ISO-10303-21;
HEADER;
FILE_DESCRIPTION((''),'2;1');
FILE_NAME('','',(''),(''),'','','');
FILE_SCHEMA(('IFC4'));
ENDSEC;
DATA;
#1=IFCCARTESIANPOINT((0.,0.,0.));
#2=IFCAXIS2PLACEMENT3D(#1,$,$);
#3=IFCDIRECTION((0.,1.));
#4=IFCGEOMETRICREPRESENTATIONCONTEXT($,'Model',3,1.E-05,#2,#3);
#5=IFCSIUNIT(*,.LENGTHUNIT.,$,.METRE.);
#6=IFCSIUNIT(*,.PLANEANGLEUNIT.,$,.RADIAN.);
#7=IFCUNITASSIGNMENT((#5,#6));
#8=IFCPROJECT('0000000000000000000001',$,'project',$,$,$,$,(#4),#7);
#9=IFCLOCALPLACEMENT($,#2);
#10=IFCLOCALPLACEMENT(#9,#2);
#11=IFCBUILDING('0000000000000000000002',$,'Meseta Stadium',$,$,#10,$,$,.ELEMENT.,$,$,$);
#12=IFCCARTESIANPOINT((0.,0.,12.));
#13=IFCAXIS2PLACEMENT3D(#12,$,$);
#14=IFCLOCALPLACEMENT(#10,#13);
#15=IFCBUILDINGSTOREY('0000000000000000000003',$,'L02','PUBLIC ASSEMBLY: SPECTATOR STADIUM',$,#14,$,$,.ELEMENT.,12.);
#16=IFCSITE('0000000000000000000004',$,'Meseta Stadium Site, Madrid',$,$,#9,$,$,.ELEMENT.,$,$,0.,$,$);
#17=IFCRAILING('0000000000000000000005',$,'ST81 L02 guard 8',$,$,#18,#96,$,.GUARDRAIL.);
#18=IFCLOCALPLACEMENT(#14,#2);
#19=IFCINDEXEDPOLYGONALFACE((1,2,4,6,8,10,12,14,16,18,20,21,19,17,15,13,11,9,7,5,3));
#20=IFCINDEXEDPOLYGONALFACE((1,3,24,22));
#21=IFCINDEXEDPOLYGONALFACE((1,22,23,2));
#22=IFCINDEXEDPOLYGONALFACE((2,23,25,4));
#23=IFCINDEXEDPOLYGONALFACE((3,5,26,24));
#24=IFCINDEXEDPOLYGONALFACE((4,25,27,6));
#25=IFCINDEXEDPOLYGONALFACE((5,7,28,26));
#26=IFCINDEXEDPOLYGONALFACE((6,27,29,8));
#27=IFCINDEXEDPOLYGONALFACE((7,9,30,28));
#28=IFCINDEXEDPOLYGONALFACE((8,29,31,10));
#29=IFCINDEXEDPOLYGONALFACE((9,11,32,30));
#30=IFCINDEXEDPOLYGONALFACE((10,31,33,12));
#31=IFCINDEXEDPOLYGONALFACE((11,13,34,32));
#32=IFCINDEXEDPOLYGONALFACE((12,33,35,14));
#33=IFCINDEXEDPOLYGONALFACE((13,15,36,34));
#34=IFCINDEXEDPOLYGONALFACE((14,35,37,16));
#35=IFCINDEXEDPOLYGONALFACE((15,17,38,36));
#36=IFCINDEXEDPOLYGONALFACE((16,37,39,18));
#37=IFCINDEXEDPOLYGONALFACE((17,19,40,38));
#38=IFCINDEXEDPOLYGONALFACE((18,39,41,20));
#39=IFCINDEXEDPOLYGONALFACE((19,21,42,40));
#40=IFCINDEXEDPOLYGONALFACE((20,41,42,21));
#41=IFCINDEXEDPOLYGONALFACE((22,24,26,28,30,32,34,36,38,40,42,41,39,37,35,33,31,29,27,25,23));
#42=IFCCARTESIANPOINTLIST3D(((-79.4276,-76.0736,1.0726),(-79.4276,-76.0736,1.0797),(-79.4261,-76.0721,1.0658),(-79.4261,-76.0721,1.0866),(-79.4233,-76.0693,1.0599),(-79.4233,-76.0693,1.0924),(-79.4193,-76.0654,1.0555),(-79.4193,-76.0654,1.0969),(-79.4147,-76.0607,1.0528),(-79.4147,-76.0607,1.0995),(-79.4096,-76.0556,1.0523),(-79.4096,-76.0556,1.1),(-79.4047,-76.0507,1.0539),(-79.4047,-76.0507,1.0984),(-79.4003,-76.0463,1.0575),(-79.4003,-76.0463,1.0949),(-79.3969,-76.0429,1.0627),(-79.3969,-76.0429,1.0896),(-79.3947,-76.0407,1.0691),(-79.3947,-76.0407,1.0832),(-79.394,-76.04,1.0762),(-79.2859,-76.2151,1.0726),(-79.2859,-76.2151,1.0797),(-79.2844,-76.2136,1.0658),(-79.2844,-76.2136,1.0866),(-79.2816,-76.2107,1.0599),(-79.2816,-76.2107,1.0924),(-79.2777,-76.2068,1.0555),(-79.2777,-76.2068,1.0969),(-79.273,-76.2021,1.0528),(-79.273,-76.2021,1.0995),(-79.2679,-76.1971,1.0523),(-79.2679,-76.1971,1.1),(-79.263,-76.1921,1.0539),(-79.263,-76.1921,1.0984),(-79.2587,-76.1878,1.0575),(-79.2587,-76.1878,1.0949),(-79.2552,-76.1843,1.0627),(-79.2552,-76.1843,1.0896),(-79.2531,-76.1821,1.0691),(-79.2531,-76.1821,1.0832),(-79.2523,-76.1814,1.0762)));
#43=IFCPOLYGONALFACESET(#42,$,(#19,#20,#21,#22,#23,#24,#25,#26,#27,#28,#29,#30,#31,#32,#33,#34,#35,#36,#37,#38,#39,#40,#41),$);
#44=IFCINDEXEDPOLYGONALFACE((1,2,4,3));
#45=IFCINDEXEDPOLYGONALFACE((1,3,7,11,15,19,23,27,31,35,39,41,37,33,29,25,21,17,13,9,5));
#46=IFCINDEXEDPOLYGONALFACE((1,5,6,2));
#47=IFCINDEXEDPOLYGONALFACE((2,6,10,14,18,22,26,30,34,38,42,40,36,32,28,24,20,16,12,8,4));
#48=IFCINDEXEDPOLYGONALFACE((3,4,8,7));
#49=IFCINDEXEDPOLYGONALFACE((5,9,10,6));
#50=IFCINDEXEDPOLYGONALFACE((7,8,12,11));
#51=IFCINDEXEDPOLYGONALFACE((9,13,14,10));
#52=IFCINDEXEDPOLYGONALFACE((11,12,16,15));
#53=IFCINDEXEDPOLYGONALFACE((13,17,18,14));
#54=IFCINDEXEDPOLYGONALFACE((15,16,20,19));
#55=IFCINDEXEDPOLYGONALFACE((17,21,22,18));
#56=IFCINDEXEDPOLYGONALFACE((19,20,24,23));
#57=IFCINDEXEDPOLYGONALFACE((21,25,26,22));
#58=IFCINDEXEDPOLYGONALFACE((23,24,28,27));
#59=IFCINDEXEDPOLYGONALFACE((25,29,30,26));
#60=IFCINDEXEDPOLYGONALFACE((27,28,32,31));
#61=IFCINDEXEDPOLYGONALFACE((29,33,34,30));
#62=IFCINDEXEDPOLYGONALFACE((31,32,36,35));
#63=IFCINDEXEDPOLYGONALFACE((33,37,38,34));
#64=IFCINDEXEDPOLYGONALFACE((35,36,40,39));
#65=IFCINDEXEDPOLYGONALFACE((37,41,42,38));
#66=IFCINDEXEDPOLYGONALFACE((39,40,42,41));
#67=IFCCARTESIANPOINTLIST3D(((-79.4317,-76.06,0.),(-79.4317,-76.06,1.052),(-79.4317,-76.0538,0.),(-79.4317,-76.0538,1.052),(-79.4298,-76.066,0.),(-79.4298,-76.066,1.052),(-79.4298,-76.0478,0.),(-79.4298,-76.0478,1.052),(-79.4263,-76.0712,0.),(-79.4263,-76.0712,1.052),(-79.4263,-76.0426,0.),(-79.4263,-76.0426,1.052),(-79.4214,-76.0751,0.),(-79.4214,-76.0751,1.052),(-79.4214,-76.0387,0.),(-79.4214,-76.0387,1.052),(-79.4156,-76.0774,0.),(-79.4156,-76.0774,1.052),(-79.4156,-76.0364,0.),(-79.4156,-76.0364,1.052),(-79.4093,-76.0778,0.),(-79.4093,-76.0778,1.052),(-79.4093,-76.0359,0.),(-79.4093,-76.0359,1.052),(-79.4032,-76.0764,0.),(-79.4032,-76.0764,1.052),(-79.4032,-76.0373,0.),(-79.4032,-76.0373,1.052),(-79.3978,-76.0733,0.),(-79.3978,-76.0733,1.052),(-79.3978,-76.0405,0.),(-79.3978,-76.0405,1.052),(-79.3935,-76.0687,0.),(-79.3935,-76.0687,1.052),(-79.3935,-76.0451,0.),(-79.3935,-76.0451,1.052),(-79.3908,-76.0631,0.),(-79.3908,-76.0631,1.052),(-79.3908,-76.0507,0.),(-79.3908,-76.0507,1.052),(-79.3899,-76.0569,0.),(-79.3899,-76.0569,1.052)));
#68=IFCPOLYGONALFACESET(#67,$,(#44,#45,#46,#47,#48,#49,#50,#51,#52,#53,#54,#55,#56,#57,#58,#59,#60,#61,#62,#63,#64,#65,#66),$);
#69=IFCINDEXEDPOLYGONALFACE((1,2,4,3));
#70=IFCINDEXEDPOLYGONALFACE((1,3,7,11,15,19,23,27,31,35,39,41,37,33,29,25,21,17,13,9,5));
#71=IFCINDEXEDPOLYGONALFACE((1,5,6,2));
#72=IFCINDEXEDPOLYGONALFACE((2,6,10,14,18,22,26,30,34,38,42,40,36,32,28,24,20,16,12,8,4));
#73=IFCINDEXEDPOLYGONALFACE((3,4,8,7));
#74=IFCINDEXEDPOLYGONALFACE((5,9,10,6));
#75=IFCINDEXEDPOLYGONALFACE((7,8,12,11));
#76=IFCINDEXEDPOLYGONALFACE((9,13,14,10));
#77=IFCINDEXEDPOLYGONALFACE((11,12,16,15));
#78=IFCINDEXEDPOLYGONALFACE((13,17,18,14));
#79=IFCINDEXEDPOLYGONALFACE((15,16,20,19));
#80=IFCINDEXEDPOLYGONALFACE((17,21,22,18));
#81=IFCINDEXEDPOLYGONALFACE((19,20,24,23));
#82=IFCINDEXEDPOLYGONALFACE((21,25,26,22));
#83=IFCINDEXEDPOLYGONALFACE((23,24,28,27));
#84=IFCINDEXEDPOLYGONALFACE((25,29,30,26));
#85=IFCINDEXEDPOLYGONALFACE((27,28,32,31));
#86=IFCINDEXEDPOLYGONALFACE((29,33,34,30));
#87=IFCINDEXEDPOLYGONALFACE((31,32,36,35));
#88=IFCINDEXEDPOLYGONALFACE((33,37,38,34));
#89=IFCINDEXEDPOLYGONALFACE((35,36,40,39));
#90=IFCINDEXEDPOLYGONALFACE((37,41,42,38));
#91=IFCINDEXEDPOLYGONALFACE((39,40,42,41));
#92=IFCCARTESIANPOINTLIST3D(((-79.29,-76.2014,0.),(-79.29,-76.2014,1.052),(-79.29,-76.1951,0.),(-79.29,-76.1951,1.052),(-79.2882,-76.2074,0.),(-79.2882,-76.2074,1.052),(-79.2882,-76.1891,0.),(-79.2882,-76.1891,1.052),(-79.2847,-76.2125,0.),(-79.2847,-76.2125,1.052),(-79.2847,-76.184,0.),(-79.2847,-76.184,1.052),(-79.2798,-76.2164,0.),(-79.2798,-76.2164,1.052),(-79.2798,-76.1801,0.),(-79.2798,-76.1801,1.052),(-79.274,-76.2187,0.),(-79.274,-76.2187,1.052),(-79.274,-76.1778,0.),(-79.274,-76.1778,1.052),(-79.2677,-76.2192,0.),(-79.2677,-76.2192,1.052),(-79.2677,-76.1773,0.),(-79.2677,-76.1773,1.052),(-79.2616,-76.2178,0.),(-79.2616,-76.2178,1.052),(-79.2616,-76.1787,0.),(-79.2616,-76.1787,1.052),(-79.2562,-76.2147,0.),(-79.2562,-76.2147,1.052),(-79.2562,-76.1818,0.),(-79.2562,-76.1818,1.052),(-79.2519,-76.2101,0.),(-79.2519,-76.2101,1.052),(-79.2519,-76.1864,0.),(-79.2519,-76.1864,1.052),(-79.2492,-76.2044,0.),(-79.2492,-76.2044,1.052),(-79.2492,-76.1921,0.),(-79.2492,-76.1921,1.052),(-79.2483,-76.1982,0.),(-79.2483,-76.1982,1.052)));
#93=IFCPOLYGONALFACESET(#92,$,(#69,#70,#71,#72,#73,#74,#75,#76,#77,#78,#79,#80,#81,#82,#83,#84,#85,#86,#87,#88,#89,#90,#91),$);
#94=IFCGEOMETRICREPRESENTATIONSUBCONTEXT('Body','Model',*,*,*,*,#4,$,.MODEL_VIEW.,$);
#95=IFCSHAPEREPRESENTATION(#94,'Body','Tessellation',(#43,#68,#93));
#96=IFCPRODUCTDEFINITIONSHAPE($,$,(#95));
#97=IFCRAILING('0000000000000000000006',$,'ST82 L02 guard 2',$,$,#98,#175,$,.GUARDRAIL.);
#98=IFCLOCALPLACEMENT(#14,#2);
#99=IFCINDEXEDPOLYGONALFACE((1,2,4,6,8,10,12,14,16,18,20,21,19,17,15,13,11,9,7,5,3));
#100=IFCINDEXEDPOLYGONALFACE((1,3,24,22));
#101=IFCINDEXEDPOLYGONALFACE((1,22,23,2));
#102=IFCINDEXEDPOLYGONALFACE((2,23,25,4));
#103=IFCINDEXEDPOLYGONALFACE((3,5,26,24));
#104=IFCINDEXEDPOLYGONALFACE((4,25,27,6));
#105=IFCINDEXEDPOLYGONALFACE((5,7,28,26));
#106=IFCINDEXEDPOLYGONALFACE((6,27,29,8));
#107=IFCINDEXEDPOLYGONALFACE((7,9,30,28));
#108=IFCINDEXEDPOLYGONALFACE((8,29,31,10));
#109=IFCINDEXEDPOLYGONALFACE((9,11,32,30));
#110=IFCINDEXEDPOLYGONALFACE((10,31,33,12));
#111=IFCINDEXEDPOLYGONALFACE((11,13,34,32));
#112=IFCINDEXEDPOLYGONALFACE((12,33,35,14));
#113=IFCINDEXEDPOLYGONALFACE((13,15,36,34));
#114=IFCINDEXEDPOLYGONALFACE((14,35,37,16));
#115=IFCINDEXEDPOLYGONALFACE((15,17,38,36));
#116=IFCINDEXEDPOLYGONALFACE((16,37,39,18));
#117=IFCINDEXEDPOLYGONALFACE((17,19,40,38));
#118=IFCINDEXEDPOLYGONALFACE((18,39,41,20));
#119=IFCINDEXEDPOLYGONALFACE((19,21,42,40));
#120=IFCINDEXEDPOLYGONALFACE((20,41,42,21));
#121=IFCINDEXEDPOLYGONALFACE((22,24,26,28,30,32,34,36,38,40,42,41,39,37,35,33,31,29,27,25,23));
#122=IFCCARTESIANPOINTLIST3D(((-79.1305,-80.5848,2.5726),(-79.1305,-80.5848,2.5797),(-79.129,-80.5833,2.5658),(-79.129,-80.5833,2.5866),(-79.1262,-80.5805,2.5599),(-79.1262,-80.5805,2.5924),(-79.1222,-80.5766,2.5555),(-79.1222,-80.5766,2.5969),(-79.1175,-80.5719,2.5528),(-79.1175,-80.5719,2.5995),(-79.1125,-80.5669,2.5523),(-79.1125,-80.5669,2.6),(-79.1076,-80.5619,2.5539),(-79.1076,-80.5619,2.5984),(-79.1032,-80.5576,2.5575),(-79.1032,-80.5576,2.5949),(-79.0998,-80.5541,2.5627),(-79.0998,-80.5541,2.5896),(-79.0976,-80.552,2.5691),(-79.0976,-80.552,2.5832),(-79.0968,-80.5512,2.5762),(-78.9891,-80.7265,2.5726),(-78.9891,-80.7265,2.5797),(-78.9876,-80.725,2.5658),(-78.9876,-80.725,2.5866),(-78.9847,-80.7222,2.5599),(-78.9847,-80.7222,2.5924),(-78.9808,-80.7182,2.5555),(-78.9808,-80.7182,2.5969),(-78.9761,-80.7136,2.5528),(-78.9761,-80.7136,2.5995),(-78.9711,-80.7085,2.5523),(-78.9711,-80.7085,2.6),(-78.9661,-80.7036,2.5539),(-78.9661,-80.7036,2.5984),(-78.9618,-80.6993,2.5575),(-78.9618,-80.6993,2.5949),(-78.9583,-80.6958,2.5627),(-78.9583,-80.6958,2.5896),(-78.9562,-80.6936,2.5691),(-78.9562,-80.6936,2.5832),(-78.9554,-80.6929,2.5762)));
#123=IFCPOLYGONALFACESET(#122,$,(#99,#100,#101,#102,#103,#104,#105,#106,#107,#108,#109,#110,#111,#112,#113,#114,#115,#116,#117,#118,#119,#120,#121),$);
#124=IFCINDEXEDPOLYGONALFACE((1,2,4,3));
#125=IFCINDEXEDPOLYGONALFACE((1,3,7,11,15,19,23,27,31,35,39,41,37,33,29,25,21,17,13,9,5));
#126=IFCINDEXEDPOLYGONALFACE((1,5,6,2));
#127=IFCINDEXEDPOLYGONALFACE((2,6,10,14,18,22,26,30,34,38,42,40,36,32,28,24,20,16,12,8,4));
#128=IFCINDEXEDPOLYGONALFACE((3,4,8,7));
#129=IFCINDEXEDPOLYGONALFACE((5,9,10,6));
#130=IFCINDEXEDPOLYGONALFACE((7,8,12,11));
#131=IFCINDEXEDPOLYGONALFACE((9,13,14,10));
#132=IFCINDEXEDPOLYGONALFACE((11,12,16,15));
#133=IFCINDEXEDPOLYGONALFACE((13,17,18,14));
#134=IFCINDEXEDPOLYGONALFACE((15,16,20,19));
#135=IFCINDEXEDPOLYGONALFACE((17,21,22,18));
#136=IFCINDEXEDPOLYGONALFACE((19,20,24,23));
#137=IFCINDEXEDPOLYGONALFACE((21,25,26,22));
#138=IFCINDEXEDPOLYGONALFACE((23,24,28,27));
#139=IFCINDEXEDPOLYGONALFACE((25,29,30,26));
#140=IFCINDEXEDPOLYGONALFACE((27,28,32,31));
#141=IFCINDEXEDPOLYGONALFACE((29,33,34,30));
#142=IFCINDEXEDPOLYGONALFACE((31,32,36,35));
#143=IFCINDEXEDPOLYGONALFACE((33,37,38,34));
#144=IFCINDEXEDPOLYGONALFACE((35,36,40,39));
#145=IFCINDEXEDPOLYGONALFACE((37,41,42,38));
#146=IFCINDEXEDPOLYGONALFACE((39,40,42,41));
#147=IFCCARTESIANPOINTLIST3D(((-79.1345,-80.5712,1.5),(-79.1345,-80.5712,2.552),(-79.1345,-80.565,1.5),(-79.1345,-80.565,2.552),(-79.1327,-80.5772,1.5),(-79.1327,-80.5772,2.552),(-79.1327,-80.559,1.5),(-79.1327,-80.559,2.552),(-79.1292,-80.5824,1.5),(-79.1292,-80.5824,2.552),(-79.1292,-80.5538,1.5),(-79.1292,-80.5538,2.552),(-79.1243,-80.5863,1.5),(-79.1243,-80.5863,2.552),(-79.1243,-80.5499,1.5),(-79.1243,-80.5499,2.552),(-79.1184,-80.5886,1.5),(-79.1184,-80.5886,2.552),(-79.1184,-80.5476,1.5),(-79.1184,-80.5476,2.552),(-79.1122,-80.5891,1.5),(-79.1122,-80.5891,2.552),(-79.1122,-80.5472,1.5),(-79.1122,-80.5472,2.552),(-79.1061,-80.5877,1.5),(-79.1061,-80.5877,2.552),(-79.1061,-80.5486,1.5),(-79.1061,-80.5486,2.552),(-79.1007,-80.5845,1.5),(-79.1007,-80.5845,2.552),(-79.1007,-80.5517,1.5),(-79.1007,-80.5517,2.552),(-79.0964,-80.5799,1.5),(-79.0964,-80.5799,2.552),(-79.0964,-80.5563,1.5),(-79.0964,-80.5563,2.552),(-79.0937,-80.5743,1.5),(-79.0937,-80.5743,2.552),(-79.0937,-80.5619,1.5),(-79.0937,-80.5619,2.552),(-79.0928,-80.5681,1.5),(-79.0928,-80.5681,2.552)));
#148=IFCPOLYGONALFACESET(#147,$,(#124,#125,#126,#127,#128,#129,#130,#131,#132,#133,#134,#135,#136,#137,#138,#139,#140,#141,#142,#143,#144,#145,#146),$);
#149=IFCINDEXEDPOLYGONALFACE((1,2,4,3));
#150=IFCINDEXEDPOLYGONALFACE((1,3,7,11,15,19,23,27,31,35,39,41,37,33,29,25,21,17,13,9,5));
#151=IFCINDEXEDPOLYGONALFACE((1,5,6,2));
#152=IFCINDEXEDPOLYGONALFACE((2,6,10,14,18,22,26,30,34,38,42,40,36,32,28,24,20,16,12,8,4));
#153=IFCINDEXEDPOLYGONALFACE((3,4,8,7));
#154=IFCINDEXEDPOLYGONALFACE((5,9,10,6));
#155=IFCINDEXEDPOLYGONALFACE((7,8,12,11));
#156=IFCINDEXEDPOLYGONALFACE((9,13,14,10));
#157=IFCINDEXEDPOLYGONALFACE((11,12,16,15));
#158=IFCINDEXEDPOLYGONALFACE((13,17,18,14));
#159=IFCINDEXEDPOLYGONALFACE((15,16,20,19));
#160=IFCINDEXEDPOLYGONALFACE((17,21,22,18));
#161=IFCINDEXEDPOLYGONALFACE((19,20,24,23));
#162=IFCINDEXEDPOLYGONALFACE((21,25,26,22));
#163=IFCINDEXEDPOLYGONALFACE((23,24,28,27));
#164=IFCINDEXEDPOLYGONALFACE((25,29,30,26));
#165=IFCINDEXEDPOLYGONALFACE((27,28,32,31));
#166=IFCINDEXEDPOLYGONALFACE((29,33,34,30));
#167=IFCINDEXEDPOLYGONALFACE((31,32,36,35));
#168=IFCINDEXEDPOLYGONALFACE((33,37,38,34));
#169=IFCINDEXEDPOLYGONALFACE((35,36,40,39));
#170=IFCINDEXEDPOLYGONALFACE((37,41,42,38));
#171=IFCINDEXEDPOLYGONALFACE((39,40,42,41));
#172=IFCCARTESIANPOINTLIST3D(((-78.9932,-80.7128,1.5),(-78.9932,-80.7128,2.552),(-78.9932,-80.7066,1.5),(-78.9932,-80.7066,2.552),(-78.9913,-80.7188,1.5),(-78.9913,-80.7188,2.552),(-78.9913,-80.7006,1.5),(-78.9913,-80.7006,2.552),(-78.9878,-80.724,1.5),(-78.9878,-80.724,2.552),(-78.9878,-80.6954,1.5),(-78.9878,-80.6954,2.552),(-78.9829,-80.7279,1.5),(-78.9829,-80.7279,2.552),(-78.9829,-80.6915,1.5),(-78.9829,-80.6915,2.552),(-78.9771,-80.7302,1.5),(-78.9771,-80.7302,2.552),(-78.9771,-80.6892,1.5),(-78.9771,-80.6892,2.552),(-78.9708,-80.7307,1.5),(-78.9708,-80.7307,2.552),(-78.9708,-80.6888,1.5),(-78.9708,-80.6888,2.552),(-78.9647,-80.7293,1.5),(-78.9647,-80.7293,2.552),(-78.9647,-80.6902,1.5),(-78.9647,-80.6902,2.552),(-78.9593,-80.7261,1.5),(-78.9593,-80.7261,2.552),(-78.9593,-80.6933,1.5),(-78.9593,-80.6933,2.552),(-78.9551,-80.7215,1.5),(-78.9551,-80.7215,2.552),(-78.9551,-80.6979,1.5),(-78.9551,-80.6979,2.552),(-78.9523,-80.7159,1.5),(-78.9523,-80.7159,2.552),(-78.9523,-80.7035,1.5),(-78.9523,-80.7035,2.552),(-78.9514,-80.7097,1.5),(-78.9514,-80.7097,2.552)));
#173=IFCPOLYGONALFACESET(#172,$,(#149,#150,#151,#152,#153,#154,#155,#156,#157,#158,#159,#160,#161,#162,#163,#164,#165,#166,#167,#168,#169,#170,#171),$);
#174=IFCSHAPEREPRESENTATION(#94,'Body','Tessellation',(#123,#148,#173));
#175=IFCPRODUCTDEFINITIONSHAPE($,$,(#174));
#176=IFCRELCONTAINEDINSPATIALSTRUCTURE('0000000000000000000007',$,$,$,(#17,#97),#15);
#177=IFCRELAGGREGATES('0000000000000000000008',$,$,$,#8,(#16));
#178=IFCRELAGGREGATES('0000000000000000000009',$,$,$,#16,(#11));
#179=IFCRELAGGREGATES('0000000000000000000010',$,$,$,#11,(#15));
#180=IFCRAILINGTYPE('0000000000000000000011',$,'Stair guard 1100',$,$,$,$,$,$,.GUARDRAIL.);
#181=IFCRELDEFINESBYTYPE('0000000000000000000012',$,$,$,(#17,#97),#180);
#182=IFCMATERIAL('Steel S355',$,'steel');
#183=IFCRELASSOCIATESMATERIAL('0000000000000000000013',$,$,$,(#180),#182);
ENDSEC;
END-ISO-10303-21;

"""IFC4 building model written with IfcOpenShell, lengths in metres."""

from ifc_helpers import new_model, si_unit, direction, frame, origin, origin_2d, place, context, subcontext, project, spatial, circle, extrude, material, type_object, element, save


model = new_model("IFC4")

# Units and contexts
model_context = context("Model", 3, precision=1e-05, world=origin(), true_north=direction((0.0, 1.0)))
body_context = subcontext(model_context, "Body", "Model", "MODEL_VIEW")
ifc_project = project(units=[si_unit("LENGTHUNIT", "METRE"), si_unit("PLANEANGLEUNIT", "RADIAN")], contexts=[model_context])

# Site, building, storey
site_placement = place(None, origin())
site = spatial("IfcSite", under=ifc_project, at=site_placement, Name="Meseta Stadium Site, Madrid", CompositionType="ELEMENT", RefElevation=0.0)
building_placement = place(site_placement, origin())
building = spatial("IfcBuilding", under=site, at=building_placement, Name="Meseta Stadium", CompositionType="ELEMENT")
storey_placement = place(building_placement, frame((0.0, 0.0, 12.0)))
storey = spatial("IfcBuildingStorey", under=building, at=storey_placement, Name="L02", Description="PUBLIC ASSEMBLY: SPECTATOR STADIUM", CompositionType="ELEMENT", Elevation=12.0)

# Railings
ifc_material_1 = material(Name="Steel S355", Category="steel")
railing_type_1 = type_object("IfcRailingType", Name="Stair guard 1100", PredefinedType="GUARDRAIL", material=ifc_material_1)
railing_1_placement = place(storey_placement, frame((-79.4109, -76.0569, 0.0)))
element("IfcRailing", 1, at=railing_1_placement, inside=storey, type_object=railing_type_1, Name="ST81 L02 guard 8", PredefinedType="GUARDRAIL", context=body_context, shape_type="SweptSolid", body=[
    extrude(circle(Radius=0.0239, at=origin_2d()), frame((0.0, 0.0, 1.0762), z_axis=(0.707717, -0.706496, 0.0), x_axis=(0.706496, 0.707717, 0.0)), (0.0, 0.0, 1.0), 0.2002),
    extrude(circle(Radius=0.021, at=origin_2d()), origin(), (0.0, 0.0, 1.0), 1.052),
    extrude(circle(Radius=0.021, at=origin_2d()), frame((0.1416, -0.1414, 0.0)), (0.0, 0.0, 1.0), 1.052),
])
railing_2_placement = place(storey_placement, frame((-79.1138, -80.5681, 1.5)))
element("IfcRailing", 2, at=railing_2_placement, inside=storey, type_object=railing_type_1, Name="ST82 L02 guard 2", PredefinedType="GUARDRAIL", context=body_context, shape_type="SweptSolid", body=[
    extrude(circle(Radius=0.0239, at=origin_2d()), frame((0.0, 0.0, 1.0762), z_axis=(0.706496, -0.707717, 0.0), x_axis=(0.707717, 0.706496, 0.0)), (0.0, 0.0, 1.0), 0.2002),
    extrude(circle(Radius=0.021, at=origin_2d()), origin(), (0.0, 0.0, 1.0), 1.052),
    extrude(circle(Radius=0.021, at=origin_2d()), frame((0.1414, -0.1416, 0.0)), (0.0, 0.0, 1.0), 1.052),
])

save(model, "model.ifc")
